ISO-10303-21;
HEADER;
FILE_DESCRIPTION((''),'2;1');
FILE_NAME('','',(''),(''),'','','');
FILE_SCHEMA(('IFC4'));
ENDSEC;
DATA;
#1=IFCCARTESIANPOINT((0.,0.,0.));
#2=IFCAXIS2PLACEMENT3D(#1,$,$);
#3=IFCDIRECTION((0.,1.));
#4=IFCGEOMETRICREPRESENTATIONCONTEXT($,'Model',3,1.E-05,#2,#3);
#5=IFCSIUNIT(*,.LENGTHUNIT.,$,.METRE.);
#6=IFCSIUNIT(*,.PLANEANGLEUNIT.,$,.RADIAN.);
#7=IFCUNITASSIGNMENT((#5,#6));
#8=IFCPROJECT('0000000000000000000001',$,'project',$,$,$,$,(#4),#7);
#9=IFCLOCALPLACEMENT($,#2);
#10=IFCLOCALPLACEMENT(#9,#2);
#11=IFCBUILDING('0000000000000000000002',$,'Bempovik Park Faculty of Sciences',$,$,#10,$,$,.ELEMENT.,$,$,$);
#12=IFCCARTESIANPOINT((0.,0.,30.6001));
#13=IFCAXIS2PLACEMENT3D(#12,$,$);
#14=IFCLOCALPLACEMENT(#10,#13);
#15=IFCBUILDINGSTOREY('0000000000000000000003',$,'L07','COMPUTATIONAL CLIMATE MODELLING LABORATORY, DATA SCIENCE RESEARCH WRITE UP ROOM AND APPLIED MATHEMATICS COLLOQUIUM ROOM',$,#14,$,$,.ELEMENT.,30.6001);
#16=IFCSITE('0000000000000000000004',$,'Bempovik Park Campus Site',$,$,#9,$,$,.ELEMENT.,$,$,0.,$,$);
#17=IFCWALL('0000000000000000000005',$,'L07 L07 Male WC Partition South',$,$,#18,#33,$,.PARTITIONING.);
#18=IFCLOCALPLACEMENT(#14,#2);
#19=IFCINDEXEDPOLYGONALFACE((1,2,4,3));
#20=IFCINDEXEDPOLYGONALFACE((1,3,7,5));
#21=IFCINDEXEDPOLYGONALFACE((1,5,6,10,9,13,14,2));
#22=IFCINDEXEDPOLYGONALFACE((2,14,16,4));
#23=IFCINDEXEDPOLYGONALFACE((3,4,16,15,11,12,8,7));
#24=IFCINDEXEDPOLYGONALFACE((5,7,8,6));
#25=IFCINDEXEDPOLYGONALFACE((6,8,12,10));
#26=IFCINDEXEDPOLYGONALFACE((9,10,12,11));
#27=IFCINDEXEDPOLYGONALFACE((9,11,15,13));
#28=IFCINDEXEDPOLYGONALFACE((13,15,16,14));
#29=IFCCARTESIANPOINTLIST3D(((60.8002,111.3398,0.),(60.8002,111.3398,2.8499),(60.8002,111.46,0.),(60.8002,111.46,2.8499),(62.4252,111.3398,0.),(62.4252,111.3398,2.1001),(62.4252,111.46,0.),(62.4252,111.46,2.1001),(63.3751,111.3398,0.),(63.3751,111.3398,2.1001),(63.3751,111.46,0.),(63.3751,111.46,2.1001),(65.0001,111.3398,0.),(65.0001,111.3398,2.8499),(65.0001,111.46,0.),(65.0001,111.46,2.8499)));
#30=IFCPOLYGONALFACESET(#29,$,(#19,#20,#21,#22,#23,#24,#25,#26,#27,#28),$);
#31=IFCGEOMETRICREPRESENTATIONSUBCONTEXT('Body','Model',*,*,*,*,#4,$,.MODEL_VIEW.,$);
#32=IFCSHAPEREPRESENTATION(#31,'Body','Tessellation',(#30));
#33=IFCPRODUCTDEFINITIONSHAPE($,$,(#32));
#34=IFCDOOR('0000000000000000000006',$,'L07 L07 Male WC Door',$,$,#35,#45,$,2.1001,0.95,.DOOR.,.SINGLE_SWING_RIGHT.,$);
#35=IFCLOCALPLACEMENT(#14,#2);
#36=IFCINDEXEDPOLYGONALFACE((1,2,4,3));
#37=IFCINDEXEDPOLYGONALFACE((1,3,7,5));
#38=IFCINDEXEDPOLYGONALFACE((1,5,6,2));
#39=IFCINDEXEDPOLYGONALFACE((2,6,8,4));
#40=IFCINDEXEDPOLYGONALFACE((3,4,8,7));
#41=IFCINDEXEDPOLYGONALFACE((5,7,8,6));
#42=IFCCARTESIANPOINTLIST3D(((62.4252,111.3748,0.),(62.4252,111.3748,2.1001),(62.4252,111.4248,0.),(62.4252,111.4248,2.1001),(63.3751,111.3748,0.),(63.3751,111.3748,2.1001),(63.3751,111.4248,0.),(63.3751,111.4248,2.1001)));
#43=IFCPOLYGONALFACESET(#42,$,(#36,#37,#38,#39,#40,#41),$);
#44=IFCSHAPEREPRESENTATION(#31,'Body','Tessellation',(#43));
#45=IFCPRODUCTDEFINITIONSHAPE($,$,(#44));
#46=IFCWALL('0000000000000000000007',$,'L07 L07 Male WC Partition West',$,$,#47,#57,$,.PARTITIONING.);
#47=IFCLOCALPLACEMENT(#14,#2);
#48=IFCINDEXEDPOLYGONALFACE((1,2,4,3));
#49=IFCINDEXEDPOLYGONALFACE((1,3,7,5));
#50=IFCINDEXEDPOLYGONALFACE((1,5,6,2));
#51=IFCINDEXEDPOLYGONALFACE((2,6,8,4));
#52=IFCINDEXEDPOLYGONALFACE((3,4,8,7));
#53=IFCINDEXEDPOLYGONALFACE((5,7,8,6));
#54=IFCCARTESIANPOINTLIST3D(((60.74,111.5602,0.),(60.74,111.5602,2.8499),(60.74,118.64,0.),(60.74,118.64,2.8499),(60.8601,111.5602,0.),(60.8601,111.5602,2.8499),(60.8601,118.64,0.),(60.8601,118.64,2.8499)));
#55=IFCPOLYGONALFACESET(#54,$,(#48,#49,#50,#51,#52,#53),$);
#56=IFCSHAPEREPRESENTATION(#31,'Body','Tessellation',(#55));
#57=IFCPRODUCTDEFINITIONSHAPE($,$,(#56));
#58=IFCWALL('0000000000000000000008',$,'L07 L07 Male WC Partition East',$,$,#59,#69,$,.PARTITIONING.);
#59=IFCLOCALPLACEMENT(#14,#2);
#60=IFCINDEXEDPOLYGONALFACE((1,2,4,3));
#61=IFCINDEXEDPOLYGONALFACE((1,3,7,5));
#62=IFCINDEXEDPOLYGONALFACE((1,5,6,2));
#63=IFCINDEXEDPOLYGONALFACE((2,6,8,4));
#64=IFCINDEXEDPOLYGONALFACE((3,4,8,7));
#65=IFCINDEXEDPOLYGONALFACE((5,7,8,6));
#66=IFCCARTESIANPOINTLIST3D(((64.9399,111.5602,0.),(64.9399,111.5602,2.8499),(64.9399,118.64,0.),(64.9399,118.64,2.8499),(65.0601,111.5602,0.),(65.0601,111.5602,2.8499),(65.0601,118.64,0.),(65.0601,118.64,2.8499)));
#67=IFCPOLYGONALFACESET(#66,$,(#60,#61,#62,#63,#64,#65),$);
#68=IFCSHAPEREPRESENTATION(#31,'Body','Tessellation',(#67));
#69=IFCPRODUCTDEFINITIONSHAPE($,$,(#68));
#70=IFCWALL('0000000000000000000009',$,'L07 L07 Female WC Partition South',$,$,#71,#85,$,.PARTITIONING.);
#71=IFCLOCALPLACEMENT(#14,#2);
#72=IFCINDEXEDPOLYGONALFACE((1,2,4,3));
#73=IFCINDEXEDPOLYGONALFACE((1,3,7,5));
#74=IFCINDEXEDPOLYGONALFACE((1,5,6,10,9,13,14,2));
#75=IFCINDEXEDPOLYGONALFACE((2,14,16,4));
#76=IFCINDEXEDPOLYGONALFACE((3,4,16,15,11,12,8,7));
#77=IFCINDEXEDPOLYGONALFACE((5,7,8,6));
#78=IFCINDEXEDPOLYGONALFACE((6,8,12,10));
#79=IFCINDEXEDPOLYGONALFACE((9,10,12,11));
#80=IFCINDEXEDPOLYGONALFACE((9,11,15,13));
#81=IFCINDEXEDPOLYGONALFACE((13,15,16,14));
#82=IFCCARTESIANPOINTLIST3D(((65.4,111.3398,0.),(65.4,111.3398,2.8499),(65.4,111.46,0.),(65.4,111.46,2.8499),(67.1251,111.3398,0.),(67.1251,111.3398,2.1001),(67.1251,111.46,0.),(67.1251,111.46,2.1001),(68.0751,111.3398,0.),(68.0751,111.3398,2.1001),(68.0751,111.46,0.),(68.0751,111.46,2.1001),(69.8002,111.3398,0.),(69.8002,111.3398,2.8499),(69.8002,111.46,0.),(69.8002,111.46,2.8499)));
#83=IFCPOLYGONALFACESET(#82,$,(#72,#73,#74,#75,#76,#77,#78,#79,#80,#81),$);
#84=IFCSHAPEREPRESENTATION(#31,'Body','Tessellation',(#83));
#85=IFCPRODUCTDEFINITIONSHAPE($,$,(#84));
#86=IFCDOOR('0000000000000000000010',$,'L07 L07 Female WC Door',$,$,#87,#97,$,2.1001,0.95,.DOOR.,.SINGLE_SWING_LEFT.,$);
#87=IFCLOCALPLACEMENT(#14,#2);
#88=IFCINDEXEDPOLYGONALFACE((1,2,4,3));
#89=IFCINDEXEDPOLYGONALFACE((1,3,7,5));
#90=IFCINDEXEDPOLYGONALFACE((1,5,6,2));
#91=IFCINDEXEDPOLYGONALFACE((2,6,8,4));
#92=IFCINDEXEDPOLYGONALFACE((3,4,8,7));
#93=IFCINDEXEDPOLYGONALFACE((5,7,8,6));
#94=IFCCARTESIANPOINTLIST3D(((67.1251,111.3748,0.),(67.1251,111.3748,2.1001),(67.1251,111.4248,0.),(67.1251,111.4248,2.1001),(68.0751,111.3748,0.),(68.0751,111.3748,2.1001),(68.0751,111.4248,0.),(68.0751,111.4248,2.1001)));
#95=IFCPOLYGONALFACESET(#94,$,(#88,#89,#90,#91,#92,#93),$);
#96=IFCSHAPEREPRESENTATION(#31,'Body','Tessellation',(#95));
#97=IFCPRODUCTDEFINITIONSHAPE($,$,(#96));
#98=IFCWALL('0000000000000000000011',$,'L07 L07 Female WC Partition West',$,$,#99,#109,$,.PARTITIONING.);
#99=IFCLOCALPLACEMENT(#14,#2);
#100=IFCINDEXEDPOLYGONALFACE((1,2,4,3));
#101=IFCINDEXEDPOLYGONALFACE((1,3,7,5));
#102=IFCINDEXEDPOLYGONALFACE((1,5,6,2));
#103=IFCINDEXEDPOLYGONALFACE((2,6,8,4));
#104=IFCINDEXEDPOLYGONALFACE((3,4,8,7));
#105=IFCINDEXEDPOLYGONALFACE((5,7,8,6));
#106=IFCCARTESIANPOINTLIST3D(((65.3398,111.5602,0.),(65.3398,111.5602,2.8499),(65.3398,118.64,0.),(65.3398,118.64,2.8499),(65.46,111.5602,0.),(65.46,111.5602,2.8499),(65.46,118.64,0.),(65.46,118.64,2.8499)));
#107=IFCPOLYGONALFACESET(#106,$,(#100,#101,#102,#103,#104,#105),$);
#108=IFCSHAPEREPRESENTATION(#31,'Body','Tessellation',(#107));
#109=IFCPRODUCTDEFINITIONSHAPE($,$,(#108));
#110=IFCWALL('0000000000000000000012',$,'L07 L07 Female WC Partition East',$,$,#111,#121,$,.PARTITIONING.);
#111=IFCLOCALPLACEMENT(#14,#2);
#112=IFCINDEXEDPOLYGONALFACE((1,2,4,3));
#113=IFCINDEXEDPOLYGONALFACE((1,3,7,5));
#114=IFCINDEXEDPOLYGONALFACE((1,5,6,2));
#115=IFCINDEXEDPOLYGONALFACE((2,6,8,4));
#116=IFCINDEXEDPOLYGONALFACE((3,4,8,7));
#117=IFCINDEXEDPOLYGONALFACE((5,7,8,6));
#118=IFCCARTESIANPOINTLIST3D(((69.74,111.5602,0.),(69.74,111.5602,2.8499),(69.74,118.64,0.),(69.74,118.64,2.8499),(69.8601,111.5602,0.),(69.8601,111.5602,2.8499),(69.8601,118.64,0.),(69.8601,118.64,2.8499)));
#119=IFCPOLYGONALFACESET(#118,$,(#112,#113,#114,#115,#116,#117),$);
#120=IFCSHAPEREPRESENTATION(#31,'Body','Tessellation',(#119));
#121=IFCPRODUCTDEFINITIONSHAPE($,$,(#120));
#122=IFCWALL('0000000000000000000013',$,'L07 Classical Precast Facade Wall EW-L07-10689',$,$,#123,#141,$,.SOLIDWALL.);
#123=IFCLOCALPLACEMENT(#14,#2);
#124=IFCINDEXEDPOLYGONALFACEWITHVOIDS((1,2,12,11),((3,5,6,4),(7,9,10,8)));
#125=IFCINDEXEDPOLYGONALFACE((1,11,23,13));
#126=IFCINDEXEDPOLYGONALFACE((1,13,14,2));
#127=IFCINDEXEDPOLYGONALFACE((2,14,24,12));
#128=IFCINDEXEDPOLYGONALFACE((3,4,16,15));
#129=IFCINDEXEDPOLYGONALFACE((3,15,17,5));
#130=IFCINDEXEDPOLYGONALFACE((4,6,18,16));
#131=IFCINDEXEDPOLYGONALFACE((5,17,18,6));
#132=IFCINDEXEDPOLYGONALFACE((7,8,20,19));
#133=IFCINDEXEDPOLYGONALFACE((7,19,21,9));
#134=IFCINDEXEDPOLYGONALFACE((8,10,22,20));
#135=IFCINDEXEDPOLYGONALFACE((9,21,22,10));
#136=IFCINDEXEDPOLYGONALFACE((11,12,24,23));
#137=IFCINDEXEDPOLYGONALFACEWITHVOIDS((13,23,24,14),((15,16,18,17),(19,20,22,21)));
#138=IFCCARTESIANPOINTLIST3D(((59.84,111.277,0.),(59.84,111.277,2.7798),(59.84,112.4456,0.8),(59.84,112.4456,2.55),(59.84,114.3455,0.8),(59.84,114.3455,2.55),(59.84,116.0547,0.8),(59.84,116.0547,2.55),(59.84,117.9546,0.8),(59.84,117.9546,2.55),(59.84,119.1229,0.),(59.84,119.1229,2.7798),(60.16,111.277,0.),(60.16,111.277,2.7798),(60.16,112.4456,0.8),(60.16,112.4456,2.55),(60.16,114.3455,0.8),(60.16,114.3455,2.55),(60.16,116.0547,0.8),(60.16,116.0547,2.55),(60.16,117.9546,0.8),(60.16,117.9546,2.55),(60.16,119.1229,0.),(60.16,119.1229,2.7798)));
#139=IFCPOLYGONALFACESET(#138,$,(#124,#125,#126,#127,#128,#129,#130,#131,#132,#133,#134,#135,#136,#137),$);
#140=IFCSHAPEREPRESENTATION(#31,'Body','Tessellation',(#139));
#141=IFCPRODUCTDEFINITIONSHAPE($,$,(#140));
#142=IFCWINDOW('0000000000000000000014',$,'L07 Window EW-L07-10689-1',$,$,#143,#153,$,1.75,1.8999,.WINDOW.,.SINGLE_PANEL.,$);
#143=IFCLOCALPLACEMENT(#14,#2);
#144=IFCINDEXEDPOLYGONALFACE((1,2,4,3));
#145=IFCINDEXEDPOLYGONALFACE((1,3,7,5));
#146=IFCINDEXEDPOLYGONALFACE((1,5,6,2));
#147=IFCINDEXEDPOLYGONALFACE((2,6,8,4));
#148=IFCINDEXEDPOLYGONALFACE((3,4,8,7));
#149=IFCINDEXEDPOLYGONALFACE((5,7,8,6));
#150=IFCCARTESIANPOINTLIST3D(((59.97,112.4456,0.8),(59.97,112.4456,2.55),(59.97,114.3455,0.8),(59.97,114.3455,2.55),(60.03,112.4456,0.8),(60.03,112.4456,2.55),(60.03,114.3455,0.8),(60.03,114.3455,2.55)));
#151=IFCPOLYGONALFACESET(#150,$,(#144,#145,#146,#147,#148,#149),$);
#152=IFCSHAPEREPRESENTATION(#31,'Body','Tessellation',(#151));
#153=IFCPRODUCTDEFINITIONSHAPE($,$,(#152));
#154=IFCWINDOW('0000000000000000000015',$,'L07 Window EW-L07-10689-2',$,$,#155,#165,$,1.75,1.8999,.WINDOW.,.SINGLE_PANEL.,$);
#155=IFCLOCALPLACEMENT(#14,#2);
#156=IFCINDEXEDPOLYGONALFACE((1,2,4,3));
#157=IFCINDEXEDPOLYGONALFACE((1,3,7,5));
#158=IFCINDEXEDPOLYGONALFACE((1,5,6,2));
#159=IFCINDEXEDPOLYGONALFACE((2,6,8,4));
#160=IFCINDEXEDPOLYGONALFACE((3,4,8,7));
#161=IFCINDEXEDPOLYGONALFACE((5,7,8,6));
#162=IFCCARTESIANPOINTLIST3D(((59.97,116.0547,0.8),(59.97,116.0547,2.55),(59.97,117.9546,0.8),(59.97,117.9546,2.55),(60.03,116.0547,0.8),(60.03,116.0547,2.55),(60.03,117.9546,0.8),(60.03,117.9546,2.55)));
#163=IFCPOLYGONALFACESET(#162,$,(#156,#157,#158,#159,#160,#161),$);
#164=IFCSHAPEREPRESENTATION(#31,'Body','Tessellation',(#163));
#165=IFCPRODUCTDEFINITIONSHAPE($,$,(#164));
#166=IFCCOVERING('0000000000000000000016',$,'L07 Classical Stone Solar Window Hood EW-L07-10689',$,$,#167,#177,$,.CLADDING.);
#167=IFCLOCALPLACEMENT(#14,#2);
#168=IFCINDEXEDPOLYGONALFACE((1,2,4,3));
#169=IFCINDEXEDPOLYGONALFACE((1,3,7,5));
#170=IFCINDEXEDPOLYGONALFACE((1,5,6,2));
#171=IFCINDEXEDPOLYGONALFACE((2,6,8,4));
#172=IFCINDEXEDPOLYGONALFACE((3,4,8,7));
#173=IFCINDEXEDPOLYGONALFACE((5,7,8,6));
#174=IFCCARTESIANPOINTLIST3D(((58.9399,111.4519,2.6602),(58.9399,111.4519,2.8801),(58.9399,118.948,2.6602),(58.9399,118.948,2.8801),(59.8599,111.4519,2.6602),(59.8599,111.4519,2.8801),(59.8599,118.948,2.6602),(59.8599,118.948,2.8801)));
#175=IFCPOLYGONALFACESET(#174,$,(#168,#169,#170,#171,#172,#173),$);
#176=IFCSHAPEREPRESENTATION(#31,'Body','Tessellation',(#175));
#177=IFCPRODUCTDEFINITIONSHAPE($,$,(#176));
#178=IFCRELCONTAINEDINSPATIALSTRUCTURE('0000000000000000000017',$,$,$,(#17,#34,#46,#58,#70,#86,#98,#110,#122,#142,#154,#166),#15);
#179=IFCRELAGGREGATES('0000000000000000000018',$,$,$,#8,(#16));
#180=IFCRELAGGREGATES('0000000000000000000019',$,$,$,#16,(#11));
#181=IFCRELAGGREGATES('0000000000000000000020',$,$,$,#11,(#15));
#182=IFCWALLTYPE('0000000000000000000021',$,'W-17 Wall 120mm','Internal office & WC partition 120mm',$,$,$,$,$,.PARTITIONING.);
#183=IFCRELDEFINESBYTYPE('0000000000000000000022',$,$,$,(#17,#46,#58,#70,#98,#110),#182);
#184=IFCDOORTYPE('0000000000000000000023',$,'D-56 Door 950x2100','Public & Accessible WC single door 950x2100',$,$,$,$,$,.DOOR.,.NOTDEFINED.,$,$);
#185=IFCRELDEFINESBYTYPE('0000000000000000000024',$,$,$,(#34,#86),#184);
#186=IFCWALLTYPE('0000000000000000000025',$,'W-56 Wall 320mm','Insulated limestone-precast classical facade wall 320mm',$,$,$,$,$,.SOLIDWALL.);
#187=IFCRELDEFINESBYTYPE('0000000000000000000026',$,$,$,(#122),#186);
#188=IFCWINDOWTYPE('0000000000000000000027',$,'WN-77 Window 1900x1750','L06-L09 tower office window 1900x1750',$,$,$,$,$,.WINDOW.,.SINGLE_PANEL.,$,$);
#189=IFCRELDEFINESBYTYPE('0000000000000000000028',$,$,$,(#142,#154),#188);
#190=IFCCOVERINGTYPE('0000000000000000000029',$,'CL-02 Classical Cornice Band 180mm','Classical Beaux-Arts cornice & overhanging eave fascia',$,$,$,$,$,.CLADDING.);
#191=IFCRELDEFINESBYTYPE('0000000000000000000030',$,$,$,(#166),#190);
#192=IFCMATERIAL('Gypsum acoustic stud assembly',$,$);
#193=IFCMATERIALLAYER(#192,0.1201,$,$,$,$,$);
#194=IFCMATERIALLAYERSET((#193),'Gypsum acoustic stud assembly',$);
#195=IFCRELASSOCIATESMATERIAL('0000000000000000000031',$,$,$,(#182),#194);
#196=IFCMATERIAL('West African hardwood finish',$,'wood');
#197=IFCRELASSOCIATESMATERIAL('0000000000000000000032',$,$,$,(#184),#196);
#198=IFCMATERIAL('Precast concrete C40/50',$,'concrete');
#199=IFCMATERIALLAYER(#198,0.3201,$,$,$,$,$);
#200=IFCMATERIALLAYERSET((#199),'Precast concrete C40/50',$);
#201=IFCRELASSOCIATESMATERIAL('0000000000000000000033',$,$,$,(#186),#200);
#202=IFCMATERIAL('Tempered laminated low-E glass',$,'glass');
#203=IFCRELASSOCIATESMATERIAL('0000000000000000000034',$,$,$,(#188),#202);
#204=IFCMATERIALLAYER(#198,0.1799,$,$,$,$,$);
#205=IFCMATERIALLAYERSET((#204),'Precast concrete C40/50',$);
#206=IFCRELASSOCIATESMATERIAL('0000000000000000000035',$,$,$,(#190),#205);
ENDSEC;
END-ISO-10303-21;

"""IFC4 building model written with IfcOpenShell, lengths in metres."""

from ifc_helpers import new_model, si_unit, direction, frame, frame_2d, origin, origin_2d, place, context, subcontext, project, spatial, rectangle, extrude, material, layer, layer_set, type_object, element, fill, save


model = new_model("IFC4")

# Units and contexts
model_context = context("Model", 3, precision=1e-05, world=origin(), true_north=direction((0.0, 1.0)))
body_context = subcontext(model_context, "Body", "Model", "MODEL_VIEW")
ifc_project = project(units=[si_unit("LENGTHUNIT", "METRE"), si_unit("PLANEANGLEUNIT", "RADIAN")], contexts=[model_context])

# Site, building, storey
site_placement = place(None, origin())
site = spatial("IfcSite", under=ifc_project, at=site_placement, Name="Bempovik Park Campus Site", CompositionType="ELEMENT", RefElevation=0.0)
building_placement = place(site_placement, origin())
building = spatial("IfcBuilding", under=site, at=building_placement, Name="Bempovik Park Faculty of Sciences", CompositionType="ELEMENT")
storey_placement = place(building_placement, frame((0.0, 0.0, 30.6001)))
storey = spatial("IfcBuildingStorey", under=building, at=storey_placement, Name="L07", Description="COMPUTATIONAL CLIMATE MODELLING LABORATORY, DATA SCIENCE RESEARCH WRITE UP ROOM AND APPLIED MATHEMATICS COLLOQUIUM ROOM", CompositionType="ELEMENT", Elevation=30.6001)

# Wall, opening, door
ifc_material_1 = material(Name="Gypsum acoustic stud assembly")
ifc_layer_1 = layer(ifc_material_1, 0.1201)
ifc_layer_set_1 = layer_set([ifc_layer_1], Name="Gypsum acoustic stud assembly")
wall_type_1 = type_object("IfcWallType", Name="W-17 Wall 120mm", Description="Internal office & WC partition 120mm", PredefinedType="PARTITIONING", material=ifc_layer_set_1)
wall_1_placement = place(storey_placement, frame((60.8, 111.3999, 0.0), z_axis=(0.0, 0.0, 1.0), x_axis=(1.0, 0.0, 0.0)))
wall_1 = element("IfcWall", 1, at=wall_1_placement, inside=storey, type_object=wall_type_1, Name="L07 L07 Male WC Partition South", PredefinedType="PARTITIONING", context=body_context, shape_type="SweptSolid", body=[
    extrude(rectangle(XDim=4.2, YDim=0.1201, at=frame_2d((2.1001, 0.0))), origin(), (0.0, 0.0, 1.0), 2.8499),
])
opening_1_placement = place(wall_1_placement, frame((1.625, 0.0, 0.0)))
opening_1 = element("IfcOpeningElement", 2, at=opening_1_placement, cuts=wall_1, PredefinedType="OPENING", context=body_context, shape_type="SweptSolid", body=[
    extrude(rectangle(XDim=0.95, YDim=2.1001, at=frame_2d((0.4751, 1.05))), frame((0.0, 0.0701, 0.0), z_axis=(0.0, -1.0, 0.0), x_axis=(1.0, 0.0, 0.0)), (0.0, 0.0, 1.0), 0.1401),
])
ifc_material_2 = material(Name="West African hardwood finish", Category="wood")
door_type_1 = type_object("IfcDoorType", Name="D-56 Door 950x2100", Description="Public & Accessible WC single door 950x2100", OperationType="NOTDEFINED", PredefinedType="DOOR", material=ifc_material_2)
door_1_placement = place(opening_1_placement, origin())
door_1 = element("IfcDoor", 3, at=door_1_placement, inside=storey, type_object=door_type_1, Name="L07 L07 Male WC Door", OperationType="SINGLE_SWING_RIGHT", OverallHeight=2.1001, OverallWidth=0.95, PredefinedType="DOOR", context=body_context, shape_type="SweptSolid", body=[
    extrude(rectangle(XDim=0.95, YDim=2.1001, at=frame_2d((0.4751, 1.05))), frame((0.0, 0.0249, 0.0), z_axis=(0.0, -1.0, 0.0), x_axis=(1.0, 0.0, 0.0)), (0.0, 0.0, 1.0), 0.05),
])
fill(opening_1, door_1)

# Walls
for number, where, z_axis, x_axis, name in (
    (4, (60.8, 111.5601, 0.0), (0.0, 0.0, 1.0), (0.0, 1.0, 0.0), "L07 L07 Male WC Partition West"),
    (5, (65.0, 111.5601, 0.0), (0.0, 0.0, 1.0), (0.0, 1.0, 0.0), "L07 L07 Male WC Partition East"),
):
    element("IfcWall", number, at=place(storey_placement, frame(where, z_axis=z_axis, x_axis=x_axis)), inside=storey, type_object=wall_type_1, Name=name, PredefinedType="PARTITIONING", context=body_context, shape_type="SweptSolid", body=[
        extrude(rectangle(XDim=7.0798, YDim=0.1201, at=frame_2d((3.54, 0.0))), origin(), (0.0, 0.0, 1.0), 2.8499),
    ])

# Wall, opening, door
wall_2_placement = place(storey_placement, frame((65.3999, 111.3999, 0.0), z_axis=(0.0, 0.0, 1.0), x_axis=(1.0, 0.0, 0.0)))
wall_2 = element("IfcWall", 6, at=wall_2_placement, inside=storey, type_object=wall_type_1, Name="L07 L07 Female WC Partition South", PredefinedType="PARTITIONING", context=body_context, shape_type="SweptSolid", body=[
    extrude(rectangle(XDim=4.4001, YDim=0.1201, at=frame_2d((2.2002, 0.0))), origin(), (0.0, 0.0, 1.0), 2.8499),
])
opening_2_placement = place(wall_2_placement, frame((1.7251, 0.0, 0.0)))
opening_2 = element("IfcOpeningElement", 7, at=opening_2_placement, cuts=wall_2, PredefinedType="OPENING", context=body_context, shape_type="SweptSolid", body=[
    extrude(rectangle(XDim=0.95, YDim=2.1001, at=frame_2d((0.4751, 1.05))), frame((0.0, 0.0701, 0.0), z_axis=(0.0, -1.0, 0.0), x_axis=(1.0, 0.0, 0.0)), (0.0, 0.0, 1.0), 0.1401),
])
door_2_placement = place(opening_2_placement, origin())
door_2 = element("IfcDoor", 8, at=door_2_placement, inside=storey, type_object=door_type_1, Name="L07 L07 Female WC Door", OperationType="SINGLE_SWING_LEFT", OverallHeight=2.1001, OverallWidth=0.95, PredefinedType="DOOR", context=body_context, shape_type="SweptSolid", body=[
    extrude(rectangle(XDim=0.95, YDim=2.1001, at=frame_2d((0.4751, 1.05))), frame((0.0, 0.0249, 0.0), z_axis=(0.0, -1.0, 0.0), x_axis=(1.0, 0.0, 0.0)), (0.0, 0.0, 1.0), 0.05),
])
fill(opening_2, door_2)

# Walls
for number, where, z_axis, x_axis, name in (
    (9, (65.3999, 111.5601, 0.0), (0.0, 0.0, 1.0), (0.0, 1.0, 0.0), "L07 L07 Female WC Partition West"),
    (10, (69.8, 111.5601, 0.0), (0.0, 0.0, 1.0), (0.0, 1.0, 0.0), "L07 L07 Female WC Partition East"),
):
    element("IfcWall", number, at=place(storey_placement, frame(where, z_axis=z_axis, x_axis=x_axis)), inside=storey, type_object=wall_type_1, Name=name, PredefinedType="PARTITIONING", context=body_context, shape_type="SweptSolid", body=[
        extrude(rectangle(XDim=7.0798, YDim=0.1201, at=frame_2d((3.54, 0.0))), origin(), (0.0, 0.0, 1.0), 2.8499),
    ])

# Wall, openings, windows
ifc_material_3 = material(Name="Precast concrete C40/50", Category="concrete")
ifc_layer_2 = layer(ifc_material_3, 0.3201)
ifc_layer_set_2 = layer_set([ifc_layer_2], Name="Precast concrete C40/50")
wall_type_2 = type_object("IfcWallType", Name="W-56 Wall 320mm", Description="Insulated limestone-precast classical facade wall 320mm", PredefinedType="SOLIDWALL", material=ifc_layer_set_2)
wall_3_placement = place(storey_placement, frame((60.0, 111.2771, 0.0), z_axis=(0.0, 0.0, 1.0), x_axis=(0.0, 1.0, 0.0)))
wall_3 = element("IfcWall", 11, at=wall_3_placement, inside=storey, type_object=wall_type_2, Name="L07 Classical Precast Facade Wall EW-L07-10689", PredefinedType="SOLIDWALL", context=body_context, shape_type="SweptSolid", body=[
    extrude(rectangle(XDim=7.8459, YDim=0.3201, at=frame_2d((3.9229, 0.0))), origin(), (0.0, 0.0, 1.0), 2.7798),
])
opening_3_placement = place(wall_3_placement, frame((1.1685, 0.0, 0.8)))
opening_3 = element("IfcOpeningElement", 12, at=opening_3_placement, cuts=wall_3, PredefinedType="OPENING", context=body_context, shape_type="SweptSolid", body=[
    extrude(rectangle(XDim=1.8999, YDim=1.75, at=frame_2d((0.95, 0.875))), frame((0.0, 0.1699, 0.0), z_axis=(0.0, -1.0, 0.0), x_axis=(1.0, 0.0, 0.0)), (0.0, 0.0, 1.0), 0.3401),
])
opening_4_placement = place(wall_3_placement, frame((4.7776, 0.0, 0.8)))
opening_4 = element("IfcOpeningElement", 13, at=opening_4_placement, cuts=wall_3, PredefinedType="OPENING", context=body_context, shape_type="SweptSolid", body=[
    extrude(rectangle(XDim=1.8999, YDim=1.75, at=frame_2d((0.95, 0.875))), frame((0.0, 0.1699, 0.0), z_axis=(0.0, -1.0, 0.0), x_axis=(1.0, 0.0, 0.0)), (0.0, 0.0, 1.0), 0.3401),
])
ifc_material_4 = material(Name="Tempered laminated low-E glass", Category="glass")
window_type = type_object("IfcWindowType", Name="WN-77 Window 1900x1750", Description="L06-L09 tower office window 1900x1750", PartitioningType="SINGLE_PANEL", PredefinedType="WINDOW", material=ifc_material_4)
window_1_placement = place(opening_3_placement, origin())
window_1 = element("IfcWindow", 14, at=window_1_placement, inside=storey, type_object=window_type, Name="L07 Window EW-L07-10689-1", OverallHeight=1.75, OverallWidth=1.8999, PartitioningType="SINGLE_PANEL", PredefinedType="WINDOW", context=body_context, shape_type="SweptSolid", body=[
    extrude(rectangle(XDim=1.8999, YDim=1.75, at=frame_2d((0.95, 0.875))), frame((0.0, 0.03, 0.0), z_axis=(0.0, -1.0, 0.0), x_axis=(1.0, 0.0, 0.0)), (0.0, 0.0, 1.0), 0.0601),
])
fill(opening_3, window_1)
window_2_placement = place(opening_4_placement, origin())
window_2 = element("IfcWindow", 15, at=window_2_placement, inside=storey, type_object=window_type, Name="L07 Window EW-L07-10689-2", OverallHeight=1.75, OverallWidth=1.8999, PartitioningType="SINGLE_PANEL", PredefinedType="WINDOW", context=body_context, shape_type="SweptSolid", body=[
    extrude(rectangle(XDim=1.8999, YDim=1.75, at=frame_2d((0.95, 0.875))), frame((0.0, 0.03, 0.0), z_axis=(0.0, -1.0, 0.0), x_axis=(1.0, 0.0, 0.0)), (0.0, 0.0, 1.0), 0.0601),
])
fill(opening_4, window_2)

# Covering
ifc_layer_3 = layer(ifc_material_3, 0.1799)
ifc_layer_set_3 = layer_set([ifc_layer_3], Name="Precast concrete C40/50")
covering_type_1 = type_object("IfcCoveringType", Name="CL-02 Classical Cornice Band 180mm", Description="Classical Beaux-Arts cornice & overhanging eave fascia", PredefinedType="CLADDING", material=ifc_layer_set_3)
covering_1_placement = place(storey_placement, frame((59.3999, 115.2, 2.6602), z_axis=(0.0, 0.0, 1.0), x_axis=(1.0, 0.0, 0.0)))
element("IfcCovering", 16, at=covering_1_placement, inside=storey, type_object=covering_type_1, Name="L07 Classical Stone Solar Window Hood EW-L07-10689", PredefinedType="CLADDING", context=body_context, shape_type="SweptSolid", body=[
    extrude(rectangle(XDim=0.9199, YDim=7.4961, at=origin_2d()), origin(), (0.0, 0.0, 1.0), 0.22),
])

save(model, "model.ifc")
